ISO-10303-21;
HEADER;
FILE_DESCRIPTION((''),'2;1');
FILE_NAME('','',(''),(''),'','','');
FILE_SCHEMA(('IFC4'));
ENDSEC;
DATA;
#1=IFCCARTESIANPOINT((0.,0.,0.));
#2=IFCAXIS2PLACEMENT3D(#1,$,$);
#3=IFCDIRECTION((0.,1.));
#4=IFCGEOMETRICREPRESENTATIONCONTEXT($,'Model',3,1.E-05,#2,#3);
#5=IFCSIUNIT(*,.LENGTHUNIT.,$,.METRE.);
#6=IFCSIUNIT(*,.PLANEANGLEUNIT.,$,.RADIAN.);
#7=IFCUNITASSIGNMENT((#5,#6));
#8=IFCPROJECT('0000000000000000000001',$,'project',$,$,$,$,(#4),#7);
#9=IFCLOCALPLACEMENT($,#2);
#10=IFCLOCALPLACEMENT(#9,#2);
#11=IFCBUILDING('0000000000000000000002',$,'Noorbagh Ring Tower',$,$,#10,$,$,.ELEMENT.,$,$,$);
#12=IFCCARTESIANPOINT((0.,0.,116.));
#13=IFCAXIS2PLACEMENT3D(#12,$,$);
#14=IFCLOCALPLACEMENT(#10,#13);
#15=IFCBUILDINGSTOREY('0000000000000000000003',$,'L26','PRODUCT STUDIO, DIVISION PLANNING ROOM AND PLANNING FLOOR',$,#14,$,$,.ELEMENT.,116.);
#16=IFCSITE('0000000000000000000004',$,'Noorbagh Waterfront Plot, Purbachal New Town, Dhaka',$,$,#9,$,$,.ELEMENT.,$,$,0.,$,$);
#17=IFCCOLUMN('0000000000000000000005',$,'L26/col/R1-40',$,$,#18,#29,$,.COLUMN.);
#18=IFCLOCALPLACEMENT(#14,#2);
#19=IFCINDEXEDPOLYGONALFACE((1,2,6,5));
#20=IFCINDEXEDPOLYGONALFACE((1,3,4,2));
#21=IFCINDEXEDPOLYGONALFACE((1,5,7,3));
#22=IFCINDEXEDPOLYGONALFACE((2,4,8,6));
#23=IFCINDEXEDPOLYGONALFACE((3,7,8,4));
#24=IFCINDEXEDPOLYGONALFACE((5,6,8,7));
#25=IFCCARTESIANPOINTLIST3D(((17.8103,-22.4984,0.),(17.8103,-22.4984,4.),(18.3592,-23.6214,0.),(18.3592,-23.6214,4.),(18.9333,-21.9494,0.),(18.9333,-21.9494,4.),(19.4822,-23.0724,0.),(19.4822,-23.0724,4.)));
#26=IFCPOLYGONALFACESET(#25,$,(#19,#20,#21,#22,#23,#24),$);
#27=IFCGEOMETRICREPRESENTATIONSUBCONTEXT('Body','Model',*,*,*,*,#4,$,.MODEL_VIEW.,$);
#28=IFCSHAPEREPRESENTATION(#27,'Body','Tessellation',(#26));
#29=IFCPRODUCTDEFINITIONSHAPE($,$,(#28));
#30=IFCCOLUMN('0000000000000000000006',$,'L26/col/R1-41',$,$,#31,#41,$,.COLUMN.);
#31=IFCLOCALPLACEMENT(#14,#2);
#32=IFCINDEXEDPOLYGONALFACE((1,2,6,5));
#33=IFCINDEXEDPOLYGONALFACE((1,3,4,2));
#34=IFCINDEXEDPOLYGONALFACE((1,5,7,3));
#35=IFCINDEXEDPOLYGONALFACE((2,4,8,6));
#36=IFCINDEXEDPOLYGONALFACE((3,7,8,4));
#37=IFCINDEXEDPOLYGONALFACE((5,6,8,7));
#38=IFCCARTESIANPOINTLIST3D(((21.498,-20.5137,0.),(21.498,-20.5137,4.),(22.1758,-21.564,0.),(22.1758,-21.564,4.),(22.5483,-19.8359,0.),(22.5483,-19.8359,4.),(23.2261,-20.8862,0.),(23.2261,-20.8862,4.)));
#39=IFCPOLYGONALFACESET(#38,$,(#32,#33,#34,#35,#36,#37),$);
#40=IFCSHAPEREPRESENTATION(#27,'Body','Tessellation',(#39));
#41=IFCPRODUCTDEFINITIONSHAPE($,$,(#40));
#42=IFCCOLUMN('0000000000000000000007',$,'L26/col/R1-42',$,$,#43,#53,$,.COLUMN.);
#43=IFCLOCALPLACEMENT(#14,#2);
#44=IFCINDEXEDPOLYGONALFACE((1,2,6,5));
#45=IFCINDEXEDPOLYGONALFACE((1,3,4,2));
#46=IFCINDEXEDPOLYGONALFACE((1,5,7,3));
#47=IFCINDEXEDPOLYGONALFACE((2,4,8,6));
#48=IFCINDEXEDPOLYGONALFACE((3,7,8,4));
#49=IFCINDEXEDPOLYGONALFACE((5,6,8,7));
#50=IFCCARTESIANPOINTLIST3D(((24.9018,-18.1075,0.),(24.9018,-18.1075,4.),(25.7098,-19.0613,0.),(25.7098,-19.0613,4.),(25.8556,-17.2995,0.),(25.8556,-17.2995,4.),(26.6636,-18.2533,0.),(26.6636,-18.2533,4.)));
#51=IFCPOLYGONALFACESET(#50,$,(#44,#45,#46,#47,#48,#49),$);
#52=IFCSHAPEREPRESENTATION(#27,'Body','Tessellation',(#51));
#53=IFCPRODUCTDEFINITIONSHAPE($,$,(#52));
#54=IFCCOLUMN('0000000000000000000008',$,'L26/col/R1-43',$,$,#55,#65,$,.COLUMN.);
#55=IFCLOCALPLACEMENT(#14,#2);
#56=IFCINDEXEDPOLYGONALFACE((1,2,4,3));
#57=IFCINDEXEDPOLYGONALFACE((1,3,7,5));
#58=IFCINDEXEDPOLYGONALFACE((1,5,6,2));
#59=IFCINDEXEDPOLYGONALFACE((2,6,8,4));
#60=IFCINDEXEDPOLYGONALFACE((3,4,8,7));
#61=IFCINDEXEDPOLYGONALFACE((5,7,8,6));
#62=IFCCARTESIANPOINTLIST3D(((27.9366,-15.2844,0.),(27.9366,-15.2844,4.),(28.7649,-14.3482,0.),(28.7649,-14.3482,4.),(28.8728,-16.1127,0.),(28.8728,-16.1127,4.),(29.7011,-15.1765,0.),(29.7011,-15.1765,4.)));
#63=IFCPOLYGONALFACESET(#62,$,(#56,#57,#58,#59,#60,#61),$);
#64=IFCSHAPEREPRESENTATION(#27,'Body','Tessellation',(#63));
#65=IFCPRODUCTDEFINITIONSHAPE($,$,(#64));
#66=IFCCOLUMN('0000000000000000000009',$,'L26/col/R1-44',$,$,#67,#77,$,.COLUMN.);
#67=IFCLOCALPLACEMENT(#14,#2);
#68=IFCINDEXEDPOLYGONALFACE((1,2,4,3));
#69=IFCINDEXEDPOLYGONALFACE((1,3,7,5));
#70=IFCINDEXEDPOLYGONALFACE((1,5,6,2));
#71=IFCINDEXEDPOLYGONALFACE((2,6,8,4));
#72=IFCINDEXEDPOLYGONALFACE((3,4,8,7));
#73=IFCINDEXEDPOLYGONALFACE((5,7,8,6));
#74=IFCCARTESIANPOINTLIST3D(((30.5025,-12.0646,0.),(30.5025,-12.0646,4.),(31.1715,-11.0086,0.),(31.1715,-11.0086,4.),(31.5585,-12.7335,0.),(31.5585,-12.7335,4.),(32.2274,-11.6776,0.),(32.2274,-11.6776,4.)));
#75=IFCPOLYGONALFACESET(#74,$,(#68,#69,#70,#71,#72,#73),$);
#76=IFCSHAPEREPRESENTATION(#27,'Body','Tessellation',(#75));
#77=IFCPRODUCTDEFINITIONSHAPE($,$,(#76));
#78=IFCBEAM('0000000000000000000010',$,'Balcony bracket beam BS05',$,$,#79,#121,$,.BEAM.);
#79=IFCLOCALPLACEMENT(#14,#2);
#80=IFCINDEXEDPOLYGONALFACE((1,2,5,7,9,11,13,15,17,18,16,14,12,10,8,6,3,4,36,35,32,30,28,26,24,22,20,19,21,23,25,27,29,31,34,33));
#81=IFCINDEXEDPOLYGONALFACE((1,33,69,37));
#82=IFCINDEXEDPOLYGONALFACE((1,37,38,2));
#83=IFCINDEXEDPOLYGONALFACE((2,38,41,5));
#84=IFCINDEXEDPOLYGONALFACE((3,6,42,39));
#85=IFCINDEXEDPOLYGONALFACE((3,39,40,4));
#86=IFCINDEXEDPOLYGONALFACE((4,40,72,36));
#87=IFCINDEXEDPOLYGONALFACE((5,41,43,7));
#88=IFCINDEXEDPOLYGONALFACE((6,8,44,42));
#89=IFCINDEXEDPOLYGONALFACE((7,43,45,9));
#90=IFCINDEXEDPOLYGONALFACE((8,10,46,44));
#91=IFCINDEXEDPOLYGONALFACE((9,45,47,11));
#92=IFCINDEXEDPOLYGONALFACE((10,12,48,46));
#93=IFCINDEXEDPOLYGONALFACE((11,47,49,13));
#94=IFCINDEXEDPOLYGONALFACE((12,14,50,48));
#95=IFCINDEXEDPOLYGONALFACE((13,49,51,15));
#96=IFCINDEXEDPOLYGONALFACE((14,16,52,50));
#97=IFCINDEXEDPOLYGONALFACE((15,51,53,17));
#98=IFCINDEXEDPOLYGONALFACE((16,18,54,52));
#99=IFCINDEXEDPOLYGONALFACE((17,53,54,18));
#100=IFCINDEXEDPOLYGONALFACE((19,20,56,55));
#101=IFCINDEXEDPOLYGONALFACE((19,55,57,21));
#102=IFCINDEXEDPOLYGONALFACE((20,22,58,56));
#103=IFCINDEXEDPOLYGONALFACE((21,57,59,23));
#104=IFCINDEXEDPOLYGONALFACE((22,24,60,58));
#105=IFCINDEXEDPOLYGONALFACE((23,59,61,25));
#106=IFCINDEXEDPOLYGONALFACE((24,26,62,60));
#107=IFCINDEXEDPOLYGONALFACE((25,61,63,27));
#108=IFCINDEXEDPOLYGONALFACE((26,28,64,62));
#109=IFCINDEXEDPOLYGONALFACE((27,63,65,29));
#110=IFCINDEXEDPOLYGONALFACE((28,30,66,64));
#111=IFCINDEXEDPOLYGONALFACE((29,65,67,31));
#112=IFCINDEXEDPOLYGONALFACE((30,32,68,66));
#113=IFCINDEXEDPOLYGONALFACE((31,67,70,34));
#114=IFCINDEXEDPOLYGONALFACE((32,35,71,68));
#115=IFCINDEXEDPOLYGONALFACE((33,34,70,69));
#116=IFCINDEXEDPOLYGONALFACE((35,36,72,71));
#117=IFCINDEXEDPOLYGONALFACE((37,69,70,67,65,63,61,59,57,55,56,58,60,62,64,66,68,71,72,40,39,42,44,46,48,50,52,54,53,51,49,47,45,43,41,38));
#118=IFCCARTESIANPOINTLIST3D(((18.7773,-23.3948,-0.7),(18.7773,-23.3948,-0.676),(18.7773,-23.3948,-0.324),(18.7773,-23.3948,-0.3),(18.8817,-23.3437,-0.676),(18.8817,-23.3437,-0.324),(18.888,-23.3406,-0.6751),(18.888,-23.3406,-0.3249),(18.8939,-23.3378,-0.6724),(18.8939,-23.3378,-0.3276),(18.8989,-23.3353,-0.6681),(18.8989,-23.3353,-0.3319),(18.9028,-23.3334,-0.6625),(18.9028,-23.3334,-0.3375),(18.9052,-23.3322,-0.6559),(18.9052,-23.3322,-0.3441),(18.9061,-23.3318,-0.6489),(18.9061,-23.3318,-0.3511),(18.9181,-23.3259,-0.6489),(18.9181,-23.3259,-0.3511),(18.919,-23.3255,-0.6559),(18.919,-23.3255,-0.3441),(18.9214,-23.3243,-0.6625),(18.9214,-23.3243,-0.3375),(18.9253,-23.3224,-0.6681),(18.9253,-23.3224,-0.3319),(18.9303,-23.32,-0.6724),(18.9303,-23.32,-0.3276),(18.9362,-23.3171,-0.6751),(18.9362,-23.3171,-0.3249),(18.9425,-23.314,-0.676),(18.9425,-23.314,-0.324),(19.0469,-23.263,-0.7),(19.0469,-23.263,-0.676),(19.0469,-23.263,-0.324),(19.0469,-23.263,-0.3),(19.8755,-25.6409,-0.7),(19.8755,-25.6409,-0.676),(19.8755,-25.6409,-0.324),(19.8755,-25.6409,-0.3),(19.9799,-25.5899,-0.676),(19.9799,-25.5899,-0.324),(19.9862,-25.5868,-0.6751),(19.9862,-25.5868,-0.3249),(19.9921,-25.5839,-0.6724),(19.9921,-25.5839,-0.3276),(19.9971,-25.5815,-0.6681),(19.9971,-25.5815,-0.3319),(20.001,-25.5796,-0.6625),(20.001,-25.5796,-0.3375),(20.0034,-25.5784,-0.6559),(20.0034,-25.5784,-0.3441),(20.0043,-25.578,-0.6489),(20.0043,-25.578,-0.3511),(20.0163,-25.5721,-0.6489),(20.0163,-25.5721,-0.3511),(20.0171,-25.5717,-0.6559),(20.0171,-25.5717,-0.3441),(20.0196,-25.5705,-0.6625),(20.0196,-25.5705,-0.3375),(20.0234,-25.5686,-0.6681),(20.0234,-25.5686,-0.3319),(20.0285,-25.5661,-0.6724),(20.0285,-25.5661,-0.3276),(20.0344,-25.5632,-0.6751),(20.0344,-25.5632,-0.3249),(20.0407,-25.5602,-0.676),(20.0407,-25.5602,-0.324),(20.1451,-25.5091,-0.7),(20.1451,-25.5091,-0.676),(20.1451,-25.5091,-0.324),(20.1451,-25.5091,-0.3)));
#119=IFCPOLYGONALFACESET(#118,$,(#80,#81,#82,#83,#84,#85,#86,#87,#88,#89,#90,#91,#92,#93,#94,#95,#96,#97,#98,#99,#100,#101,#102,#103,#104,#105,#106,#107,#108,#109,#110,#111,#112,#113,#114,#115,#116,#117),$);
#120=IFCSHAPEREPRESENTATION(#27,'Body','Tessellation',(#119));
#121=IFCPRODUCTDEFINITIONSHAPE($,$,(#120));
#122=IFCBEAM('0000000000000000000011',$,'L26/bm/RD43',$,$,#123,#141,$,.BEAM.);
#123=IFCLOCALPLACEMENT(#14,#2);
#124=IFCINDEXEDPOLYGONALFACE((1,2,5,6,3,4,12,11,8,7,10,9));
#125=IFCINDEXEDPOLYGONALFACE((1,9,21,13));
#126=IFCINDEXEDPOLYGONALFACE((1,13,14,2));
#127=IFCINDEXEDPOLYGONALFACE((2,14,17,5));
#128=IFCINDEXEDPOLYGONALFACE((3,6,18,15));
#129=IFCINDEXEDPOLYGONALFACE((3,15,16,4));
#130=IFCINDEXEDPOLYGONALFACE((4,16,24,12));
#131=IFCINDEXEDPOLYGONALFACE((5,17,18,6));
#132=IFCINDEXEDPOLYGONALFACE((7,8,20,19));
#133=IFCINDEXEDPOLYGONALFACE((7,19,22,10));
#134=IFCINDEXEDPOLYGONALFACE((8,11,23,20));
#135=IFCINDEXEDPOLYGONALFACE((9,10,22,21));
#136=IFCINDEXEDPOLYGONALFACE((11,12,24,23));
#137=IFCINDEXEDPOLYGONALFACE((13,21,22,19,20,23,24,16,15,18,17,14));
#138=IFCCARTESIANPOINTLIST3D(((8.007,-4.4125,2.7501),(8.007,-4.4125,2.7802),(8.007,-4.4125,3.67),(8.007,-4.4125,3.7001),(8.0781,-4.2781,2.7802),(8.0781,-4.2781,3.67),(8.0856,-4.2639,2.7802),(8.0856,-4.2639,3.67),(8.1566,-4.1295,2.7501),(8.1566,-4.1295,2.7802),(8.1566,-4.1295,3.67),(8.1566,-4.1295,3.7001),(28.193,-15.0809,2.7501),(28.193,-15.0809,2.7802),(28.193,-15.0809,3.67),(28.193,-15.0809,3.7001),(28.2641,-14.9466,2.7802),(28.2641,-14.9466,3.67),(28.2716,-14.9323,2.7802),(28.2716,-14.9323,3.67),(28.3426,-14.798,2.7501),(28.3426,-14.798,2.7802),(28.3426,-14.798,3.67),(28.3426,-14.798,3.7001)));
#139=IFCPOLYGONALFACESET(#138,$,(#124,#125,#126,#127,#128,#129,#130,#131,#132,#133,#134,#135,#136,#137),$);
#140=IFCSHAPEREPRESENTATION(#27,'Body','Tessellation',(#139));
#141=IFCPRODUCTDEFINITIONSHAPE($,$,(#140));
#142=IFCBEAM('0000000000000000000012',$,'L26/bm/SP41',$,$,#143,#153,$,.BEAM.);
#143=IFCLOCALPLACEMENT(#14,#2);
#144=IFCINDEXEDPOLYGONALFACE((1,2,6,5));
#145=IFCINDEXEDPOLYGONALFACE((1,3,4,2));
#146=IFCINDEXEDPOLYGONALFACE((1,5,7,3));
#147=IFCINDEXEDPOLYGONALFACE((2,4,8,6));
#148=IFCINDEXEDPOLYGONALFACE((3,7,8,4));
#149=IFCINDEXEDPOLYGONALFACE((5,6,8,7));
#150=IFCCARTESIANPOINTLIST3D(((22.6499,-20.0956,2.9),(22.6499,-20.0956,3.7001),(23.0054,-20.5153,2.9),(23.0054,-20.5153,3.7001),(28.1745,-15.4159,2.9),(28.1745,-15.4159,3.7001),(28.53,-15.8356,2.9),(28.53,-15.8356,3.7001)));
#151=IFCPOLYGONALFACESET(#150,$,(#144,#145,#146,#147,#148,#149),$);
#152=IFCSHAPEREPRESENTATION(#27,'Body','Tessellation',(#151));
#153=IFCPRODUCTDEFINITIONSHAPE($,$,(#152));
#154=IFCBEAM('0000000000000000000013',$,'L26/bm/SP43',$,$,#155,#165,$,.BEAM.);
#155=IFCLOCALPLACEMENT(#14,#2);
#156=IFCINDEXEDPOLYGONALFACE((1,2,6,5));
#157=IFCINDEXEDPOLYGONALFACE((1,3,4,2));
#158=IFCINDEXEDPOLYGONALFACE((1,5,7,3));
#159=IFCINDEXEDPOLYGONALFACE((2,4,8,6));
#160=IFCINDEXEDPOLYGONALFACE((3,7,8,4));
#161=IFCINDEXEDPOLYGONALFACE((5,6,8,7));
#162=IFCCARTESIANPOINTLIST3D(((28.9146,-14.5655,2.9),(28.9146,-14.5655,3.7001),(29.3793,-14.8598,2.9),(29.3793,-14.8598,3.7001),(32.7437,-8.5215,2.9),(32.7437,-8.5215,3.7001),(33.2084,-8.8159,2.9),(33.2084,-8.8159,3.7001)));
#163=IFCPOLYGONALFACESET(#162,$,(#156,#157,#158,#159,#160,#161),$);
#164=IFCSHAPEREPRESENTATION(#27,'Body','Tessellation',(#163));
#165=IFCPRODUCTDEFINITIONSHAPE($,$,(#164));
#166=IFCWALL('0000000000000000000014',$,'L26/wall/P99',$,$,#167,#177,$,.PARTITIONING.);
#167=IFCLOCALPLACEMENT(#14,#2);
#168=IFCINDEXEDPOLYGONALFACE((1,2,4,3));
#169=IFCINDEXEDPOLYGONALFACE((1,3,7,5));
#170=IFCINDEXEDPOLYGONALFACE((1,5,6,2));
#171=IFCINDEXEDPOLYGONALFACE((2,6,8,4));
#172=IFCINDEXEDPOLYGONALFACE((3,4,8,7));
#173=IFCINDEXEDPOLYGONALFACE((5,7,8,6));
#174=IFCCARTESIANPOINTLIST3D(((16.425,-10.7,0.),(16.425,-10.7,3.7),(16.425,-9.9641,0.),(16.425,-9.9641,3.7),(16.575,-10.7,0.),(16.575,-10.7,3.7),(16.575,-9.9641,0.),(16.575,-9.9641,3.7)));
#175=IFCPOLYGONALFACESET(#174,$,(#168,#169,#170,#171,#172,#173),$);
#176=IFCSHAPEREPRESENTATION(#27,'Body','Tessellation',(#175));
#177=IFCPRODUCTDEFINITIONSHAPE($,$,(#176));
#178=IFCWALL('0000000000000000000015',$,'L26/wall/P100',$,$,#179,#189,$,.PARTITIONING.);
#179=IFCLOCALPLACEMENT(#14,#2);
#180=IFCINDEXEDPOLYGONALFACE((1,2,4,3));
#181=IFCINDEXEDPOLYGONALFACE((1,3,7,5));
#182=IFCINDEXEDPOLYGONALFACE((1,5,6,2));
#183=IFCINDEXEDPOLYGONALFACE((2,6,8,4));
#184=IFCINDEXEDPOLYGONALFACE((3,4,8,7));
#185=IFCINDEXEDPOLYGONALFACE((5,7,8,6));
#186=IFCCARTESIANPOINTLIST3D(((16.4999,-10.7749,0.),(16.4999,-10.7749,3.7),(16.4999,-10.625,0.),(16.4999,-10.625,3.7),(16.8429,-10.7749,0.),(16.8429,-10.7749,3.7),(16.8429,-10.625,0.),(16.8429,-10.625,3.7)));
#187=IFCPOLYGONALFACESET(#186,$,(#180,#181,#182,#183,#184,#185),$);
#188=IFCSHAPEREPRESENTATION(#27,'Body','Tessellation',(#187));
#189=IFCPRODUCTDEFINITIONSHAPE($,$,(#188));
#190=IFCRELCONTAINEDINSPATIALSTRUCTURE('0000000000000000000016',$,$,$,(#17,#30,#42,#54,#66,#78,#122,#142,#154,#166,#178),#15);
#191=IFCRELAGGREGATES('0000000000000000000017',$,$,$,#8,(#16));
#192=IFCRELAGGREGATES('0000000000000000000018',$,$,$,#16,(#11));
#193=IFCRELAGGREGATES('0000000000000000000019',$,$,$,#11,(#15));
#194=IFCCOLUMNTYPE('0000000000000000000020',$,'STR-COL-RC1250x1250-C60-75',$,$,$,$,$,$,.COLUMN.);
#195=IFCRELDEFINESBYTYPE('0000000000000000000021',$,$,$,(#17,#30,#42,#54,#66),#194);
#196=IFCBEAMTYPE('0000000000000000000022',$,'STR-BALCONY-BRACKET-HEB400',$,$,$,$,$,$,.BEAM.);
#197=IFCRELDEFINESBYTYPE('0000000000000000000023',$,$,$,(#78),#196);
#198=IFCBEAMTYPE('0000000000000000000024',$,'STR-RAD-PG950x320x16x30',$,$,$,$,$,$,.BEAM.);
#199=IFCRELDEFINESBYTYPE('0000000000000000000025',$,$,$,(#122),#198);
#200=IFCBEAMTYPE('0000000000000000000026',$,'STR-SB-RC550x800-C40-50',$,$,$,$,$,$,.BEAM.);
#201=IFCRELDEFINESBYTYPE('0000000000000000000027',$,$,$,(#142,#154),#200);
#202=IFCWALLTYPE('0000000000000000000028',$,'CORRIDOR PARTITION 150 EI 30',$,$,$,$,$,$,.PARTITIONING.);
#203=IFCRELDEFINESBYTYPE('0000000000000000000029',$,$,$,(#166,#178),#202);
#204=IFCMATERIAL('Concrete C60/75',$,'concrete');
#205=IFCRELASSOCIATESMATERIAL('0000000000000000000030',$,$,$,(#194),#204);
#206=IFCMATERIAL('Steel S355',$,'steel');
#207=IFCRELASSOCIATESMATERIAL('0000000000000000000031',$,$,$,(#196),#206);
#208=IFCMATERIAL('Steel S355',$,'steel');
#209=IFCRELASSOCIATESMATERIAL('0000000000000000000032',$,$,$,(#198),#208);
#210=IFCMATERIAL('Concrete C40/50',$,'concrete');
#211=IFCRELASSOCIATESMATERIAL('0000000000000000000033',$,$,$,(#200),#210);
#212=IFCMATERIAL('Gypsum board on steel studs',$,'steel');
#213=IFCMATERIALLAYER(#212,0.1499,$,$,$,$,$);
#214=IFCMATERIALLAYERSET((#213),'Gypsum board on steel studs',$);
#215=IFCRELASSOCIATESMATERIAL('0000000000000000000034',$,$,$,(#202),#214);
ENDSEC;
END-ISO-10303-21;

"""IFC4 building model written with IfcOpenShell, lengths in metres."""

from ifc_helpers import new_model, si_unit, direction, frame, frame_2d, origin, origin_2d, place, context, subcontext, project, spatial, rectangle, i_section, extrude, material, layer, layer_set, material_profile, profile_set, type_object, element, save


model = new_model("IFC4")

# Units and contexts
model_context = context("Model", 3, precision=1e-05, world=origin(), true_north=direction((0.0, 1.0)))
body_context = subcontext(model_context, "Body", "Model", "MODEL_VIEW")
ifc_project = project(units=[si_unit("LENGTHUNIT", "METRE"), si_unit("PLANEANGLEUNIT", "RADIAN")], contexts=[model_context])

# Site, building, storey
site_placement = place(None, origin())
site = spatial("IfcSite", under=ifc_project, at=site_placement, Name="Noorbagh Waterfront Plot, Purbachal New Town, Dhaka", CompositionType="ELEMENT", RefElevation=0.0)
building_placement = place(site_placement, origin())
building = spatial("IfcBuilding", under=site, at=building_placement, Name="Noorbagh Ring Tower", CompositionType="ELEMENT")
storey_placement = place(building_placement, frame((0.0, 0.0, 116.0)))
storey = spatial("IfcBuildingStorey", under=building, at=storey_placement, Name="L26", Description="PRODUCT STUDIO, DIVISION PLANNING ROOM AND PLANNING FLOOR", CompositionType="ELEMENT", Elevation=116.0)

# Columns
ifc_material_1 = material(Name="Concrete C60/75", Category="concrete")
ifc_material_profile_1 = material_profile(ifc_material_1, rectangle(XDim=1.25, YDim=1.25, at=origin_2d()), Name="RC1250x1250")
ifc_profile_set_1 = profile_set([ifc_material_profile_1], Name="Concrete C60/75")
column_type = type_object("IfcColumnType", Name="STR-COL-RC1250x1250-C60-75", PredefinedType="COLUMN", material=ifc_profile_set_1)
for number, where, z_axis, x_axis, name in (
    (1, (18.6462, -22.7854, 0.0), (0.0, 0.0, 1.0), (0.898399, 0.43918, 0.0), "L26/col/R1-40"),
    (2, (22.3621, -20.7, 0.0), (0.0, 0.0, 1.0), (0.840248, 0.542203, 0.0), "L26/col/R1-41"),
    (3, (25.7827, -18.1804, 0.0), (0.0, 0.0, 1.0), (0.763035, 0.646357, 0.0), "L26/col/R1-42"),
    (4, (28.8188, -15.2305, 0.0), (0.0, 0.0, 1.0), (0.662636, 0.748942, 0.0), "L26/col/R1-43"),
    (5, (31.365, -11.8711, 0.0), (0.0, 0.0, 1.0), (0.53519, 0.844731, 0.0), "L26/col/R1-44"),
):
    element("IfcColumn", number, at=place(storey_placement, frame(where, z_axis=z_axis, x_axis=x_axis)), inside=storey, type_object=column_type, Name=name, PredefinedType="COLUMN", context=body_context, shape_type="SweptSolid", body=[
        extrude(rectangle(XDim=1.25, YDim=1.25, at=origin_2d()), origin(), (0.0, 0.0, 1.0), 4.0),
    ])

# Beams
ifc_material_2 = material(Name="Steel S355", Category="steel")
ifc_material_profile_2 = material_profile(ifc_material_2, i_section(OverallWidth=0.3, OverallDepth=0.3999, WebThickness=0.0134, FlangeThickness=0.0239, FilletRadius=0.0271, at=origin_2d()), Name="HEB400")
ifc_profile_set_2 = profile_set([ifc_material_profile_2], Name="Steel S355")
beam_type_1 = type_object("IfcBeamType", Name="STR-BALCONY-BRACKET-HEB400", PredefinedType="BEAM", material=ifc_profile_set_2)
beam_1_placement = place(storey_placement, frame((18.9121, -23.3289, -0.5), z_axis=(0.439228, -0.898376, 0.0), x_axis=(0.898376, 0.439228, 0.0)))
element("IfcBeam", 6, at=beam_1_placement, inside=storey, type_object=beam_type_1, Name="Balcony bracket beam BS05", PredefinedType="BEAM", context=body_context, shape_type="SweptSolid", body=[
    extrude(i_section(OverallWidth=0.3, OverallDepth=0.3999, WebThickness=0.0134, FlangeThickness=0.0239, FilletRadius=0.0271, at=origin_2d()), origin(), (0.0, 0.0, 1.0), 2.5002),
])
ifc_material_3 = material(Name="Steel S355", Category="steel")
ifc_material_profile_3 = material_profile(ifc_material_3, i_section(OverallWidth=0.3201, OverallDepth=0.95, WebThickness=0.0161, FlangeThickness=0.03, at=origin_2d()), Name="PG950x320x16x30")
ifc_profile_set_3 = profile_set([ifc_material_profile_3], Name="Steel S355")
beam_type_2 = type_object("IfcBeamType", Name="STR-RAD-PG950x320x16x30", PredefinedType="BEAM", material=ifc_profile_set_3)
beam_2_placement = place(storey_placement, frame((28.2678, -14.9395, 3.2251), z_axis=(-0.884119, 0.467263, 0.0), x_axis=(-0.467263, -0.884119, 0.0)))
element("IfcBeam", 7, at=beam_2_placement, inside=storey, type_object=beam_type_2, Name="L26/bm/RD43", PredefinedType="BEAM", context=body_context, shape_type="SweptSolid", body=[
    extrude(i_section(OverallWidth=0.3201, OverallDepth=0.95, WebThickness=0.0161, FlangeThickness=0.03, at=origin_2d()), origin(), (0.0, 0.0, 1.0), 22.8318),
])
ifc_material_4 = material(Name="Concrete C40/50", Category="concrete")
ifc_material_profile_4 = material_profile(ifc_material_4, rectangle(XDim=0.55, YDim=0.8, at=origin_2d()), Name="RC550x800")
ifc_profile_set_4 = profile_set([ifc_material_profile_4], Name="Concrete C40/50")
beam_type_3 = type_object("IfcBeamType", Name="STR-SB-RC550x800-C40-50", PredefinedType="BEAM", material=ifc_profile_set_4)
beam_3_placement = place(storey_placement, frame((22.8276, -20.3054, 3.3), z_axis=(0.763047, 0.646343, 0.0), x_axis=(-0.646343, 0.763047, 0.0)))
element("IfcBeam", 8, at=beam_3_placement, inside=storey, type_object=beam_type_3, Name="L26/bm/SP41", PredefinedType="BEAM", context=body_context, shape_type="SweptSolid", body=[
    extrude(rectangle(XDim=0.55, YDim=0.8, at=origin_2d()), origin(), (0.0, 0.0, 1.0), 7.2402),
])
beam_4_placement = place(storey_placement, frame((29.147, -14.7126, 3.3), z_axis=(0.535179, 0.844739, 0.0), x_axis=(-0.844739, 0.535179, 0.0)))
element("IfcBeam", 9, at=beam_4_placement, inside=storey, type_object=beam_type_3, Name="L26/bm/SP43", PredefinedType="BEAM", context=body_context, shape_type="SweptSolid", body=[
    extrude(rectangle(XDim=0.55, YDim=0.8, at=origin_2d()), origin(), (0.0, 0.0, 1.0), 7.1548),
])

# Walls
ifc_material_5 = material(Name="Gypsum board on steel studs", Category="steel")
ifc_layer_1 = layer(ifc_material_5, 0.1499)
ifc_layer_set_1 = layer_set([ifc_layer_1], Name="Gypsum board on steel studs")
wall_type_1 = type_object("IfcWallType", Name="CORRIDOR PARTITION 150 EI 30", PredefinedType="PARTITIONING", material=ifc_layer_set_1)
wall_1_placement = place(storey_placement, frame((16.5, -10.7, 0.0), z_axis=(0.0, 0.0, 1.0), x_axis=(0.0, 1.0, 0.0)))
element("IfcWall", 10, at=wall_1_placement, inside=storey, type_object=wall_type_1, Name="L26/wall/P99", PredefinedType="PARTITIONING", context=body_context, shape_type="SweptSolid", body=[
    extrude(rectangle(XDim=0.7358, YDim=0.1499, at=frame_2d((0.3679, 0.0))), origin(), (0.0, 0.0, 1.0), 3.7),
])
wall_2_placement = place(storey_placement, frame((16.5, -10.7, 0.0), z_axis=(0.0, 0.0, 1.0), x_axis=(1.0, 0.0, 0.0)))
element("IfcWall", 11, at=wall_2_placement, inside=storey, type_object=wall_type_1, Name="L26/wall/P100", PredefinedType="PARTITIONING", context=body_context, shape_type="SweptSolid", body=[
    extrude(rectangle(XDim=0.343, YDim=0.1499, at=frame_2d((0.1714, 0.0))), origin(), (0.0, 0.0, 1.0), 3.7),
])

save(model, "model.ifc")
